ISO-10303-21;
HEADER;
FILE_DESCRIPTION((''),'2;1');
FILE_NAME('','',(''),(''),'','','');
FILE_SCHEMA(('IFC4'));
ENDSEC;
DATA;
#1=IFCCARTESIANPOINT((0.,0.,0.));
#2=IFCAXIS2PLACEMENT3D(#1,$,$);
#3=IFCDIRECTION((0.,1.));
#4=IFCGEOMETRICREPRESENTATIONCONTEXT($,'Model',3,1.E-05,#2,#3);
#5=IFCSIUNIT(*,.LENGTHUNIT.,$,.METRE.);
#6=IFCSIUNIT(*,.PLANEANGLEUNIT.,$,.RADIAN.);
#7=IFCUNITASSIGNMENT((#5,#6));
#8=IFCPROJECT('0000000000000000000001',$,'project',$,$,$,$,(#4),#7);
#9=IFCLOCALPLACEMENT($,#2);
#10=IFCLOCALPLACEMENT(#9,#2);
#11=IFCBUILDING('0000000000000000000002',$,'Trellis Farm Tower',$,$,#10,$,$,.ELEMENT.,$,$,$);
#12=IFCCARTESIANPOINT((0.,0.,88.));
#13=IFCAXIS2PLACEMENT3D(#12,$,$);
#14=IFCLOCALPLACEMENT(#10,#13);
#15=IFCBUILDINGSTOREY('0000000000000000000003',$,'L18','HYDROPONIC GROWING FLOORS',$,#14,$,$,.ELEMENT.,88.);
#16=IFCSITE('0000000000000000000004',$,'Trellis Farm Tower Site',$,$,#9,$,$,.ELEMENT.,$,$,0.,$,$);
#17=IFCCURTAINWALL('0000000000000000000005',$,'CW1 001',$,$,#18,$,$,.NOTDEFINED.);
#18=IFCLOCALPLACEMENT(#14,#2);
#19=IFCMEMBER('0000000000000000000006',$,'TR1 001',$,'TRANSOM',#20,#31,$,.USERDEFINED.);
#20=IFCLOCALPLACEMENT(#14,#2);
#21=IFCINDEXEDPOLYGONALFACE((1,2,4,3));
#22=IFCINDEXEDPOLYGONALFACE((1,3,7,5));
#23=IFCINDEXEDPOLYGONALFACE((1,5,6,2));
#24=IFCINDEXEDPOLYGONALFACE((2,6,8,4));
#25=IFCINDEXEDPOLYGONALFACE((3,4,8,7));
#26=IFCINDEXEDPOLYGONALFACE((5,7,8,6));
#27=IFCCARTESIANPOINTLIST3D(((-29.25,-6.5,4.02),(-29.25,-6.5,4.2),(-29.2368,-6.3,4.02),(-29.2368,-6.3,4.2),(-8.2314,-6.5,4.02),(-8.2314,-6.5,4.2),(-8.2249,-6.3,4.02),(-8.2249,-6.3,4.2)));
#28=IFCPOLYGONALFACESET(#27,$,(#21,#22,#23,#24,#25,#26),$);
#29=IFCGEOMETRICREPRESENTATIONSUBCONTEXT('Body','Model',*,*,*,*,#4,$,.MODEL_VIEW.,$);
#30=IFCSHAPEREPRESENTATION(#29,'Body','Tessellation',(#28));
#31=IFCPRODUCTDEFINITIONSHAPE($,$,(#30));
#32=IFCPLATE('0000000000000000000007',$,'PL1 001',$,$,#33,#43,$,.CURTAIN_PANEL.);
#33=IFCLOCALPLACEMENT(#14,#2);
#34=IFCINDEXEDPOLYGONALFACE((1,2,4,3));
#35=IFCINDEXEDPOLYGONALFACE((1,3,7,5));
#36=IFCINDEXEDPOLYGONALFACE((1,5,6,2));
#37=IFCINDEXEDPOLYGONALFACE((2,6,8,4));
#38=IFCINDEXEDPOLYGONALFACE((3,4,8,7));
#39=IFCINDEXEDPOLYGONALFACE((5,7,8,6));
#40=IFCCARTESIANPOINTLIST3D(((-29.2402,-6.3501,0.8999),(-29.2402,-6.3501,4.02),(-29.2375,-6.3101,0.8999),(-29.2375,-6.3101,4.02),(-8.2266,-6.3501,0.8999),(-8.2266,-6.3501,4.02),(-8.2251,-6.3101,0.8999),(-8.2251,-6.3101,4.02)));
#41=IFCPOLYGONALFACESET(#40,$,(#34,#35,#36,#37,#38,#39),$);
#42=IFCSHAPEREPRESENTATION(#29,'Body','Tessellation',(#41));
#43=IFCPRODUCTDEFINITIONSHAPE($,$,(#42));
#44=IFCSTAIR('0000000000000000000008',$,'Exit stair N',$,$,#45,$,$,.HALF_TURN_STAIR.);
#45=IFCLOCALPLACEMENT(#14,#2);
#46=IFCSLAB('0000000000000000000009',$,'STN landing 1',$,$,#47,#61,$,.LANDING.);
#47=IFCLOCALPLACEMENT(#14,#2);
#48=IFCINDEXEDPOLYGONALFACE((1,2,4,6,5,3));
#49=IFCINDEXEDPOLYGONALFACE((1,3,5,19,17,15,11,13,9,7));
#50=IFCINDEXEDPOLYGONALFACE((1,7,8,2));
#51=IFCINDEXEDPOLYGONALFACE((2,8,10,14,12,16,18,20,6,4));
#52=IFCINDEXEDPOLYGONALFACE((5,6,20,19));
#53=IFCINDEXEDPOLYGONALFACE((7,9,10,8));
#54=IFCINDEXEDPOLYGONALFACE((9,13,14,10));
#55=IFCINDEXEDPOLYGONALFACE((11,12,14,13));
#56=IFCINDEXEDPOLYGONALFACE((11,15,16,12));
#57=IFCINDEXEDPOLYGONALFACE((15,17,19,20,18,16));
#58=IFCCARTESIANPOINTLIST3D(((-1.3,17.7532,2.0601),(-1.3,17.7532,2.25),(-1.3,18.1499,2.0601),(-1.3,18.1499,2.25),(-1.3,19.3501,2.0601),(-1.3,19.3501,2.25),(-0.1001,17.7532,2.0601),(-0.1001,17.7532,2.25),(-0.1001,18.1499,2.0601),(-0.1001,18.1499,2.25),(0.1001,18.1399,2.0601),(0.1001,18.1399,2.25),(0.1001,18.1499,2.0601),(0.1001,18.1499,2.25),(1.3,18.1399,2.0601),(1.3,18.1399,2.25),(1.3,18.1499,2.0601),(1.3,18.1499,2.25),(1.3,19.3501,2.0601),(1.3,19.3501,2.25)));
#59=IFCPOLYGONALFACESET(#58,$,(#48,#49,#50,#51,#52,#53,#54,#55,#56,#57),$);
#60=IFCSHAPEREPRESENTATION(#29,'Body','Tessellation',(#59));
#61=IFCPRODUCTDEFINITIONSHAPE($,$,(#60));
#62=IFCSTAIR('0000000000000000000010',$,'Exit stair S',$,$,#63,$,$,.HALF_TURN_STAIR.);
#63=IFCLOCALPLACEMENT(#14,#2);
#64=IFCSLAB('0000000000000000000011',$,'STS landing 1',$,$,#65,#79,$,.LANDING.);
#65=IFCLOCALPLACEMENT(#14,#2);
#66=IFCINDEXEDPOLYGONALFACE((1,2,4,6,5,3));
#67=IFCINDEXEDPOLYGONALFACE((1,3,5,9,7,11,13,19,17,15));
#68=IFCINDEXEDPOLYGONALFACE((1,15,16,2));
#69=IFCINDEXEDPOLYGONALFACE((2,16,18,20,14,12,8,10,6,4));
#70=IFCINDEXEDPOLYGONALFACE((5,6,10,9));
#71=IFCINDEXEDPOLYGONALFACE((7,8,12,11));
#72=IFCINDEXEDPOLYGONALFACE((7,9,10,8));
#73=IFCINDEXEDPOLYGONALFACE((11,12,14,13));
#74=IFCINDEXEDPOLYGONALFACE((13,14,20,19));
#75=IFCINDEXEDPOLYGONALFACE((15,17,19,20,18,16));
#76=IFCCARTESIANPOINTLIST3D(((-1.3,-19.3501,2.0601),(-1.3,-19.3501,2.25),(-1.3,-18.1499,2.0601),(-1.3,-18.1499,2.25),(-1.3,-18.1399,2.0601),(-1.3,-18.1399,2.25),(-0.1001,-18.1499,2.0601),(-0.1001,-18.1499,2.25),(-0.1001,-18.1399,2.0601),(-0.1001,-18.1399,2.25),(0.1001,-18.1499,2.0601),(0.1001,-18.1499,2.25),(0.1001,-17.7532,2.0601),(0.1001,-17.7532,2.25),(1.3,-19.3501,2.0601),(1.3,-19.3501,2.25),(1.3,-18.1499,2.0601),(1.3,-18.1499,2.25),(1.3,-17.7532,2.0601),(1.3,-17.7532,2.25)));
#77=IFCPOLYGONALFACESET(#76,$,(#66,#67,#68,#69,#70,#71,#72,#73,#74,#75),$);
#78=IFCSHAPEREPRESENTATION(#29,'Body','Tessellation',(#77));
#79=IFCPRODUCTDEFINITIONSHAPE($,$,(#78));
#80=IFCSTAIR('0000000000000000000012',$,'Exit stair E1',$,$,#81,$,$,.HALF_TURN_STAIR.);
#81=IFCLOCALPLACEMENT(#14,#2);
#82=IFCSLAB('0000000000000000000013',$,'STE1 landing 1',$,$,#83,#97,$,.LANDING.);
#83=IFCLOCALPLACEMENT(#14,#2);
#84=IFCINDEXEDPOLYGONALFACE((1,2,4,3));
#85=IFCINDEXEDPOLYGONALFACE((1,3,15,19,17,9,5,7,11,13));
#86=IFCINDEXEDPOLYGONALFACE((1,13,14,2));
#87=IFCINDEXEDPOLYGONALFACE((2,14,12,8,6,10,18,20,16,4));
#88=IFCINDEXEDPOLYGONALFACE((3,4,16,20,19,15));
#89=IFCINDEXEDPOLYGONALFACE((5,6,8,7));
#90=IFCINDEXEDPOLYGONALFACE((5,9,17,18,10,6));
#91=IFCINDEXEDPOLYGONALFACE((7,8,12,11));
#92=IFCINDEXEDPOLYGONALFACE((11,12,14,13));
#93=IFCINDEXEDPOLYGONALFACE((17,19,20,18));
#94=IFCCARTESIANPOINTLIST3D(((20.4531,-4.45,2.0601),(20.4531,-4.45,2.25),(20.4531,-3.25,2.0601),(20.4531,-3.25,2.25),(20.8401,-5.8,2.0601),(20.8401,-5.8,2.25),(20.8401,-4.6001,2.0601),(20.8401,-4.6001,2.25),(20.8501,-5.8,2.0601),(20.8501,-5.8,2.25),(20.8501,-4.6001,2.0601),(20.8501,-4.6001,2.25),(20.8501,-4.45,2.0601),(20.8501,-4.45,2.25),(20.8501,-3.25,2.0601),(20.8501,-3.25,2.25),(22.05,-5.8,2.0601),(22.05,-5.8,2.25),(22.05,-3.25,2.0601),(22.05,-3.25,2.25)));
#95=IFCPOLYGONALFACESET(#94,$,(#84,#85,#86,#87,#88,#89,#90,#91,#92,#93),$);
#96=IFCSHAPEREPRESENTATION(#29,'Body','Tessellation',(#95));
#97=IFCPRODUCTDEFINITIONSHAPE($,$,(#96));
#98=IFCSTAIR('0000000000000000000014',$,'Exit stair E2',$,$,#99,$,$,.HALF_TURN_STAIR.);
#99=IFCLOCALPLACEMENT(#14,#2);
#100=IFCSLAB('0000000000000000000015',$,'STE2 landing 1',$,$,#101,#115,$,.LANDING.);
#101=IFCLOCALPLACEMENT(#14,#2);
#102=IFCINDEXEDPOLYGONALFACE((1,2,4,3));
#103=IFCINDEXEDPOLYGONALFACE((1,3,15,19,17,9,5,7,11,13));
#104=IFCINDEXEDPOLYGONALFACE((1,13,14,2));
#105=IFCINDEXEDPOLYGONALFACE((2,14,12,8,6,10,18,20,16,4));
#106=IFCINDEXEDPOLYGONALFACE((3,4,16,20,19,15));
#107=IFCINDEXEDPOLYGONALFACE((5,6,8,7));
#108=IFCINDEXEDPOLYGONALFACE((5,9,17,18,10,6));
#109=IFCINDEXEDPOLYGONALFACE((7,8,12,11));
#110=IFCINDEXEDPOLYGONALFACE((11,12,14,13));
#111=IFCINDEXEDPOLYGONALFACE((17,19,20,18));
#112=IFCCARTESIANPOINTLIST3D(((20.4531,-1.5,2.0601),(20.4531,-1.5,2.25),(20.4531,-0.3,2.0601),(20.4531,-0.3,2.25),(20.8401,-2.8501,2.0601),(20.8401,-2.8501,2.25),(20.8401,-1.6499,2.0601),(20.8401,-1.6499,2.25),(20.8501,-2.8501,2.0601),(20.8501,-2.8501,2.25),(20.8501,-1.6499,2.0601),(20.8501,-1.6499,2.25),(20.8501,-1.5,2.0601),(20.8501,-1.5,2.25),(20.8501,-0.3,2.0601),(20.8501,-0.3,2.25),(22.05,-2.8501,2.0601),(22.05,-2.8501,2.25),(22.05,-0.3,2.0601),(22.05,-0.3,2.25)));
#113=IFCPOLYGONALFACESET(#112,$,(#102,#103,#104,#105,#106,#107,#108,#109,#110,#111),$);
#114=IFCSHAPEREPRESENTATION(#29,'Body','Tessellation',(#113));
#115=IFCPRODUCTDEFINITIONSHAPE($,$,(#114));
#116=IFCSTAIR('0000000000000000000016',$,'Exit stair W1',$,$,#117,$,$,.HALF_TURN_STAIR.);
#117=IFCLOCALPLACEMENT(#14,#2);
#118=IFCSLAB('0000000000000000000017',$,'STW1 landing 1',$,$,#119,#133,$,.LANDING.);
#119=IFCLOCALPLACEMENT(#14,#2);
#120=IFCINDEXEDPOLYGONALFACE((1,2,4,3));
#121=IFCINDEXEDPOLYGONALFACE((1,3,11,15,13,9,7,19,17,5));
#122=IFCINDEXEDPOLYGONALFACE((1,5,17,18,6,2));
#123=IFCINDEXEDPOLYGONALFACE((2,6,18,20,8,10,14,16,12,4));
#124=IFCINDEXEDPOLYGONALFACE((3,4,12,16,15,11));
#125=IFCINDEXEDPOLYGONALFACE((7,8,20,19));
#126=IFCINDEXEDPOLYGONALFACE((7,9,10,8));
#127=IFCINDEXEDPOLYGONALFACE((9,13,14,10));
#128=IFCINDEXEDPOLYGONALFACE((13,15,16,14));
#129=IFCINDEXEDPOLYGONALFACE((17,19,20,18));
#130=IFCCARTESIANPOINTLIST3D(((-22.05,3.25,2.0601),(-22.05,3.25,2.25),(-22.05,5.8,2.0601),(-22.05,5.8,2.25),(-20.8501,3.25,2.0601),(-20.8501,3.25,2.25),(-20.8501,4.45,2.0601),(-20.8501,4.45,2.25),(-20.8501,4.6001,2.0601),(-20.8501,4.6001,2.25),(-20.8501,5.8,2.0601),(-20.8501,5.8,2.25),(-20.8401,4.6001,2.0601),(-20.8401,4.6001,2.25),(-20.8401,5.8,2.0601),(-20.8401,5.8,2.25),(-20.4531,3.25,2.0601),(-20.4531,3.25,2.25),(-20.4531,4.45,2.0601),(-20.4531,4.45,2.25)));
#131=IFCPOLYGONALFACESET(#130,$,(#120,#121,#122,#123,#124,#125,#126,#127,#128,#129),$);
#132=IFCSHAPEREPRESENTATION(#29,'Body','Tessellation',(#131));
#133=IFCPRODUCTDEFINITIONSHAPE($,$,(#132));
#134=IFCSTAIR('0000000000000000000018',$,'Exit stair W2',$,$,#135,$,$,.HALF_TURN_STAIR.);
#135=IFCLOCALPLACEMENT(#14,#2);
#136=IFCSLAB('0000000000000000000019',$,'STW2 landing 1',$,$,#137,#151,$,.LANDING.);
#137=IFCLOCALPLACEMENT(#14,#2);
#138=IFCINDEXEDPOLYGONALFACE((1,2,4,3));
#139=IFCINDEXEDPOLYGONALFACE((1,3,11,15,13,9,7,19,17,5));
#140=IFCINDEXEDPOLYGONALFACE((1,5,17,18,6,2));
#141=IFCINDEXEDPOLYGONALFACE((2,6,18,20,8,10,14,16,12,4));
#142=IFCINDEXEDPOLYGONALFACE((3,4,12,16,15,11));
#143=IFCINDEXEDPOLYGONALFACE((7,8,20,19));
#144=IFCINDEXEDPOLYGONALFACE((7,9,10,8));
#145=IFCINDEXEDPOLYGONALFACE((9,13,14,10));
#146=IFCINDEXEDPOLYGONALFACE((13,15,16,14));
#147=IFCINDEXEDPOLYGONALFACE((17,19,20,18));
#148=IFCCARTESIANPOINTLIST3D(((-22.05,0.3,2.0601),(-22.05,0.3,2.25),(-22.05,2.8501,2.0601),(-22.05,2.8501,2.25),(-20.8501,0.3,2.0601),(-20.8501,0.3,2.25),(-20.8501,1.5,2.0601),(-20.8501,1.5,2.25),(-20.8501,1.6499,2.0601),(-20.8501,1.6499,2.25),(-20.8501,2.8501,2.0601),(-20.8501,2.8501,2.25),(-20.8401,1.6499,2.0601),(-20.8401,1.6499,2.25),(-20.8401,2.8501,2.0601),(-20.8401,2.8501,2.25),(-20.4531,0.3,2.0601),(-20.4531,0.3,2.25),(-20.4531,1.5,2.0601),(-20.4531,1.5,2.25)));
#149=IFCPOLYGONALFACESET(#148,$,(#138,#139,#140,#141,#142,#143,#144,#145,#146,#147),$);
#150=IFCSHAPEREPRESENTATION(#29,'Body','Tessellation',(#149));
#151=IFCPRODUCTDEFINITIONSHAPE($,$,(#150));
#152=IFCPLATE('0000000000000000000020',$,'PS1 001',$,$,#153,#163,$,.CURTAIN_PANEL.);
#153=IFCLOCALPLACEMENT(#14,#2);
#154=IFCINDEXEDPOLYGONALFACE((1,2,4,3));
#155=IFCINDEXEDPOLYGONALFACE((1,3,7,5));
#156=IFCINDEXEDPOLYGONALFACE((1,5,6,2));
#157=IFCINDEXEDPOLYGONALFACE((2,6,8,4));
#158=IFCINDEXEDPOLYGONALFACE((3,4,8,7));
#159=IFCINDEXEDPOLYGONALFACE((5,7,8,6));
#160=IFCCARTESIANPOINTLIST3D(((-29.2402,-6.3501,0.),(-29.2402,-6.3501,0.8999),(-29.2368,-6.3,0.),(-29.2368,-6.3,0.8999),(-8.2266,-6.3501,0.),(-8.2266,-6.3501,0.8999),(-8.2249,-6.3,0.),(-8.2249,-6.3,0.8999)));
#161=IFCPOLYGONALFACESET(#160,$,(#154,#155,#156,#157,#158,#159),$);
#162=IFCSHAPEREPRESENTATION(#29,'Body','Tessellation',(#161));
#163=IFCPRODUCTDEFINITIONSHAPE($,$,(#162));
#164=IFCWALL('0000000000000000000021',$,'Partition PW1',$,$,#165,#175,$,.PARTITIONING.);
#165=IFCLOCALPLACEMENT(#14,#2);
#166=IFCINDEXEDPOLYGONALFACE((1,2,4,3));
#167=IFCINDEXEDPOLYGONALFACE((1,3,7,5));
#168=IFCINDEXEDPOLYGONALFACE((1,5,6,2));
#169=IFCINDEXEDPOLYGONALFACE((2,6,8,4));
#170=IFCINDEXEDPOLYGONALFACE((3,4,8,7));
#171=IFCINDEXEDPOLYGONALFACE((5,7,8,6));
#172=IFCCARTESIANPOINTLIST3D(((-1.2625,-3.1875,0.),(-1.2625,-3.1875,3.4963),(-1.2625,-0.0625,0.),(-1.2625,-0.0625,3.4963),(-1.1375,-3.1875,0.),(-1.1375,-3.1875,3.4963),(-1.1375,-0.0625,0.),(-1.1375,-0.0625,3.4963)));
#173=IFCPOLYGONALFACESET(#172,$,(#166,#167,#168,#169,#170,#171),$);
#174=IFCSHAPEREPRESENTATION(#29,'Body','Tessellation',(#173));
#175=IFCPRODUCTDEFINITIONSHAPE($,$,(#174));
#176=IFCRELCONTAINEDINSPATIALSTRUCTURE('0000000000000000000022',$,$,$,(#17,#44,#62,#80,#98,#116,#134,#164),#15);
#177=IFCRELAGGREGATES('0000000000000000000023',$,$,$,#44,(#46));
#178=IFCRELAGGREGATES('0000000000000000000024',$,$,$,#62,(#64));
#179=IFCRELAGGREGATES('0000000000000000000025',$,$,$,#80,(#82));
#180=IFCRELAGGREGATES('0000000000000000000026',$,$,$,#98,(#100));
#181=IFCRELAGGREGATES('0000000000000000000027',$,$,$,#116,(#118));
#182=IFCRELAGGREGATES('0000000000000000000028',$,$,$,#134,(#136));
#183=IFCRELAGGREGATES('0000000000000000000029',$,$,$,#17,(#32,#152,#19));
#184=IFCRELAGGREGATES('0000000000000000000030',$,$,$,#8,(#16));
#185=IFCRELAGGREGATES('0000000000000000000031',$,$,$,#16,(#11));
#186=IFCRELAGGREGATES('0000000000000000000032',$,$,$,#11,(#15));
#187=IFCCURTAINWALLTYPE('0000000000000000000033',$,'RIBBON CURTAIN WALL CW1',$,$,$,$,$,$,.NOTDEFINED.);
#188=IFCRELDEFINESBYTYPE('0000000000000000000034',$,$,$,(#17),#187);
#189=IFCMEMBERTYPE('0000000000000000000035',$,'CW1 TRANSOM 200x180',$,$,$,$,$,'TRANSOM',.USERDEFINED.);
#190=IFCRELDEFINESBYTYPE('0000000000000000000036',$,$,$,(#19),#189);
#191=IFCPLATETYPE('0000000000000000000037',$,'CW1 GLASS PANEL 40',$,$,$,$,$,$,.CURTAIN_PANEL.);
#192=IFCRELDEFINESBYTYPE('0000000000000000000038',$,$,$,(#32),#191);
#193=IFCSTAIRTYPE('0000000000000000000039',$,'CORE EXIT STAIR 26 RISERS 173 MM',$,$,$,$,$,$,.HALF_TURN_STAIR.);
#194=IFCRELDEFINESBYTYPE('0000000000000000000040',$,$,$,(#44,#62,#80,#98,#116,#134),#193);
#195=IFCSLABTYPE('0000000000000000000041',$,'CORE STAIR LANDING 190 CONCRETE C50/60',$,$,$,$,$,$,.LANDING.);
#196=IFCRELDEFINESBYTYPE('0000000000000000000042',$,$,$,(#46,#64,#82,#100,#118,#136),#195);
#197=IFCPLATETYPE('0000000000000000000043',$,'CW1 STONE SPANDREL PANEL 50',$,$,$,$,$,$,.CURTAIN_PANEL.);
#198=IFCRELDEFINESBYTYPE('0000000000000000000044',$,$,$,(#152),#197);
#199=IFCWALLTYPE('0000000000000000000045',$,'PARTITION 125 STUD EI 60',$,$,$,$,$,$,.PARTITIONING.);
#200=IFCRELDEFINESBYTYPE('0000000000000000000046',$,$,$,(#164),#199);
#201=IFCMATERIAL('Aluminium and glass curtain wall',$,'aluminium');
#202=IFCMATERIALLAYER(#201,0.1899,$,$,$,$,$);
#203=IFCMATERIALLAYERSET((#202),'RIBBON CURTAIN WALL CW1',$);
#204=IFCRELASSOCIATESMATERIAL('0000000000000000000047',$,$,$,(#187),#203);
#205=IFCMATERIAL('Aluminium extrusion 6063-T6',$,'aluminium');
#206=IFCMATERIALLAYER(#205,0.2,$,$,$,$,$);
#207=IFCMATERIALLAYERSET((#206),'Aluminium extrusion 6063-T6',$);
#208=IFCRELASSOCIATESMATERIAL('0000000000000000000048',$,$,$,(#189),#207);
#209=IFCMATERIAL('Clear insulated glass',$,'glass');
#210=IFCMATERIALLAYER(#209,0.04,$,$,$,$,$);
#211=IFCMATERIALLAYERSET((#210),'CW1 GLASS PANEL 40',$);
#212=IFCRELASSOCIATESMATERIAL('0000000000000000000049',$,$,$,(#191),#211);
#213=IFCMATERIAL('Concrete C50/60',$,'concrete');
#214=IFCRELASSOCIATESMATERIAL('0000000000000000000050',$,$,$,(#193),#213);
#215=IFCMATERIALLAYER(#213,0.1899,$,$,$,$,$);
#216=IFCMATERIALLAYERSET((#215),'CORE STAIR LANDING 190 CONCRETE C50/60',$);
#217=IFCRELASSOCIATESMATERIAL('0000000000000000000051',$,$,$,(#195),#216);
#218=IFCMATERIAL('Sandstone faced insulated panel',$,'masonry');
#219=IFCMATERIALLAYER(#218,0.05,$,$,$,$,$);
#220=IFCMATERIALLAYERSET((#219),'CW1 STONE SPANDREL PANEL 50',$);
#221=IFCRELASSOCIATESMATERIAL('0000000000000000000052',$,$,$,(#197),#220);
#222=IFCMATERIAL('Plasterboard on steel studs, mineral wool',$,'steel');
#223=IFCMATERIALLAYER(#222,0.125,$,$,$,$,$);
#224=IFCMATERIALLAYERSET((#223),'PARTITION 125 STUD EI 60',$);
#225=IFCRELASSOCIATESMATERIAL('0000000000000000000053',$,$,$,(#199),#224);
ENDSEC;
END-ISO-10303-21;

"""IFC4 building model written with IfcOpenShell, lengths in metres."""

from ifc_helpers import new_model, si_unit, direction, frame, frame_2d, origin, place, context, subcontext, project, spatial, polyline, rectangle, outline, extrude, source, transform, mapped, material, layer, layer_set, type_object, element, aggregate, save


model = new_model("IFC4")

# Units and contexts
model_context = context("Model", 3, precision=1e-05, world=origin(), true_north=direction((0.0, 1.0)))
body_context = subcontext(model_context, "Body", "Model", "MODEL_VIEW")
ifc_project = project(units=[si_unit("LENGTHUNIT", "METRE"), si_unit("PLANEANGLEUNIT", "RADIAN")], contexts=[model_context])

# Site, building, storey
site_placement = place(None, origin())
site = spatial("IfcSite", under=ifc_project, at=site_placement, Name="Trellis Farm Tower Site", CompositionType="ELEMENT", RefElevation=0.0)
building_placement = place(site_placement, origin())
building = spatial("IfcBuilding", under=site, at=building_placement, Name="Trellis Farm Tower", CompositionType="ELEMENT")
storey_placement = place(building_placement, frame((0.0, 0.0, 88.0)))
storey = spatial("IfcBuildingStorey", under=building, at=storey_placement, Name="L18", Description="HYDROPONIC GROWING FLOORS", CompositionType="ELEMENT", Elevation=88.0)

# Curtain wall, member
ifc_material_1 = material(Name="Aluminium and glass curtain wall", Category="aluminium")
ifc_layer_1 = layer(ifc_material_1, 0.1899)
ifc_layer_set_1 = layer_set([ifc_layer_1], Name="RIBBON CURTAIN WALL CW1")
curtain_wall_type = type_object("IfcCurtainWallType", Name="RIBBON CURTAIN WALL CW1", PredefinedType="NOTDEFINED", material=ifc_layer_set_1)
placement_1 = place(storey_placement, origin())
curtain_wall = element("IfcCurtainWall", 1, at=placement_1, inside=storey, type_object=curtain_wall_type, Name="CW1 001", PredefinedType="NOTDEFINED")
ifc_material_2 = material(Name="Aluminium extrusion 6063-T6", Category="aluminium")
ifc_layer_2 = layer(ifc_material_2, 0.2)
ifc_layer_set_2 = layer_set([ifc_layer_2], Name="Aluminium extrusion 6063-T6")
member_type = type_object("IfcMemberType", Name="CW1 TRANSOM 200x180", ElementType="TRANSOM", PredefinedType="USERDEFINED", material=ifc_layer_set_2)
shared_shape_1 = source(origin(), body_context, "Body", "SweptSolid", [
    extrude(outline(polyline([(-29.25, -6.5), (-8.2314, -6.5), (-8.2249, -6.3), (-29.2368, -6.3), (-29.25, -6.5)])), origin(), (0.0, 0.0, 1.0), 0.1799),
])
member_placement = place(storey_placement, frame((0.0, 0.0, 4.02)))
member = element("IfcMember", 2, at=member_placement, type_object=member_type, Name="TR1 001", ObjectType="TRANSOM", PredefinedType="USERDEFINED", context=body_context, shape_type="MappedRepresentation", body=[
    mapped(shared_shape_1, transform((0.0, 0.0, 0.0))),
])

# Plate
ifc_material_3 = material(Name="Clear insulated glass", Category="glass")
ifc_layer_3 = layer(ifc_material_3, 0.04)
ifc_layer_set_3 = layer_set([ifc_layer_3], Name="CW1 GLASS PANEL 40")
plate_type_1 = type_object("IfcPlateType", Name="CW1 GLASS PANEL 40", PredefinedType="CURTAIN_PANEL", material=ifc_layer_set_3)
plate_1_placement = place(storey_placement, frame((0.0, 0.0, 0.8999)))
plate_1 = element("IfcPlate", 3, at=plate_1_placement, type_object=plate_type_1, Name="PL1 001", PredefinedType="CURTAIN_PANEL", context=body_context, shape_type="SweptSolid", body=[
    extrude(outline(polyline([(-29.2402, -6.3501), (-8.2266, -6.3501), (-8.2251, -6.3101), (-29.2375, -6.3101), (-29.2402, -6.3501)])), origin(), (0.0, 0.0, 1.0), 3.1201),
])

# Stairs, slabs
ifc_material_4 = material(Name="Concrete C50/60", Category="concrete")
stair_type = type_object("IfcStairType", Name="CORE EXIT STAIR 26 RISERS 173 MM", PredefinedType="HALF_TURN_STAIR", material=ifc_material_4)
stair_1 = element("IfcStair", 4, at=placement_1, inside=storey, type_object=stair_type, Name="Exit stair N", PredefinedType="HALF_TURN_STAIR")
ifc_layer_4 = layer(ifc_material_4, 0.1899)
ifc_layer_set_4 = layer_set([ifc_layer_4], Name="CORE STAIR LANDING 190 CONCRETE C50/60")
slab_type_1 = type_object("IfcSlabType", Name="CORE STAIR LANDING 190 CONCRETE C50/60", PredefinedType="LANDING", material=ifc_layer_set_4)
shared_shape_2 = source(origin(), body_context, "Body", "SweptSolid", [
    extrude(outline(polyline([(-0.1001, 17.7532), (-1.3, 17.7532), (-1.3, 18.1499), (-1.3, 19.3501), (1.3, 19.3501), (1.3, 18.1499), (1.3, 18.1399), (0.1001, 18.1399), (0.1001, 18.1499), (-0.1001, 18.1499), (-0.1001, 17.7532)])), origin(), (0.0, 0.0, 1.0), 0.1899),
])
placement_2 = place(storey_placement, frame((0.0, 0.0, 2.0601)))
slab_1 = element("IfcSlab", 5, at=placement_2, type_object=slab_type_1, Name="STN landing 1", PredefinedType="LANDING", context=body_context, shape_type="MappedRepresentation", body=[
    mapped(shared_shape_2, transform((0.0, 0.0, 0.0))),
])
aggregate(stair_1, [slab_1])
stair_2 = element("IfcStair", 6, at=placement_1, inside=storey, type_object=stair_type, Name="Exit stair S", PredefinedType="HALF_TURN_STAIR")
shared_shape_3 = source(origin(), body_context, "Body", "SweptSolid", [
    extrude(outline(polyline([(1.3, -19.3501), (-1.3, -19.3501), (-1.3, -18.1499), (-1.3, -18.1399), (-0.1001, -18.1399), (-0.1001, -18.1499), (0.1001, -18.1499), (0.1001, -17.7532), (1.3, -17.7532), (1.3, -18.1499), (1.3, -19.3501)])), origin(), (0.0, 0.0, 1.0), 0.1899),
])
slab_2 = element("IfcSlab", 7, at=placement_2, type_object=slab_type_1, Name="STS landing 1", PredefinedType="LANDING", context=body_context, shape_type="MappedRepresentation", body=[
    mapped(shared_shape_3, transform((0.0, 0.0, 0.0))),
])
aggregate(stair_2, [slab_2])
stair_3 = element("IfcStair", 8, at=placement_1, inside=storey, type_object=stair_type, Name="Exit stair E1", PredefinedType="HALF_TURN_STAIR")
shared_shape_4 = source(origin(), body_context, "Body", "SweptSolid", [
    extrude(outline(polyline([(20.8401, -5.8), (20.8401, -4.6001), (20.8501, -4.6001), (20.8501, -4.45), (20.4531, -4.45), (20.4531, -3.25), (20.8501, -3.25), (22.05, -3.25), (22.05, -5.8), (20.8501, -5.8), (20.8401, -5.8)])), origin(), (0.0, 0.0, 1.0), 0.1899),
])
slab_3 = element("IfcSlab", 9, at=placement_2, type_object=slab_type_1, Name="STE1 landing 1", PredefinedType="LANDING", context=body_context, shape_type="MappedRepresentation", body=[
    mapped(shared_shape_4, transform((0.0, 0.0, 0.0))),
])
aggregate(stair_3, [slab_3])
stair_4 = element("IfcStair", 10, at=placement_1, inside=storey, type_object=stair_type, Name="Exit stair E2", PredefinedType="HALF_TURN_STAIR")
shared_shape_5 = source(origin(), body_context, "Body", "SweptSolid", [
    extrude(outline(polyline([(20.8401, -2.8501), (20.8401, -1.6499), (20.8501, -1.6499), (20.8501, -1.5), (20.4531, -1.5), (20.4531, -0.3), (20.8501, -0.3), (22.05, -0.3), (22.05, -2.8501), (20.8501, -2.8501), (20.8401, -2.8501)])), origin(), (0.0, 0.0, 1.0), 0.1899),
])
slab_4 = element("IfcSlab", 11, at=placement_2, type_object=slab_type_1, Name="STE2 landing 1", PredefinedType="LANDING", context=body_context, shape_type="MappedRepresentation", body=[
    mapped(shared_shape_5, transform((0.0, 0.0, 0.0))),
])
aggregate(stair_4, [slab_4])
stair_5 = element("IfcStair", 12, at=placement_1, inside=storey, type_object=stair_type, Name="Exit stair W1", PredefinedType="HALF_TURN_STAIR")
shared_shape_6 = source(origin(), body_context, "Body", "SweptSolid", [
    extrude(outline(polyline([(-20.4531, 4.45), (-20.4531, 3.25), (-20.8501, 3.25), (-22.05, 3.25), (-22.05, 5.8), (-20.8501, 5.8), (-20.8401, 5.8), (-20.8401, 4.6001), (-20.8501, 4.6001), (-20.8501, 4.45), (-20.4531, 4.45)])), origin(), (0.0, 0.0, 1.0), 0.1899),
])
slab_5 = element("IfcSlab", 13, at=placement_2, type_object=slab_type_1, Name="STW1 landing 1", PredefinedType="LANDING", context=body_context, shape_type="MappedRepresentation", body=[
    mapped(shared_shape_6, transform((0.0, 0.0, 0.0))),
])
aggregate(stair_5, [slab_5])
stair_6 = element("IfcStair", 14, at=placement_1, inside=storey, type_object=stair_type, Name="Exit stair W2", PredefinedType="HALF_TURN_STAIR")
shared_shape_7 = source(origin(), body_context, "Body", "SweptSolid", [
    extrude(outline(polyline([(-20.4531, 1.5), (-20.4531, 0.3), (-20.8501, 0.3), (-22.05, 0.3), (-22.05, 2.8501), (-20.8501, 2.8501), (-20.8401, 2.8501), (-20.8401, 1.6499), (-20.8501, 1.6499), (-20.8501, 1.5), (-20.4531, 1.5)])), origin(), (0.0, 0.0, 1.0), 0.1899),
])
slab_6 = element("IfcSlab", 15, at=placement_2, type_object=slab_type_1, Name="STW2 landing 1", PredefinedType="LANDING", context=body_context, shape_type="MappedRepresentation", body=[
    mapped(shared_shape_7, transform((0.0, 0.0, 0.0))),
])
aggregate(stair_6, [slab_6])

# Plate
ifc_material_5 = material(Name="Sandstone faced insulated panel", Category="masonry")
ifc_layer_5 = layer(ifc_material_5, 0.05)
ifc_layer_set_5 = layer_set([ifc_layer_5], Name="CW1 STONE SPANDREL PANEL 50")
plate_type_2 = type_object("IfcPlateType", Name="CW1 STONE SPANDREL PANEL 50", PredefinedType="CURTAIN_PANEL", material=ifc_layer_set_5)
shared_shape_8 = source(origin(), body_context, "Body", "SweptSolid", [
    extrude(outline(polyline([(-29.2402, -6.3501), (-8.2266, -6.3501), (-8.2249, -6.3), (-29.2368, -6.3), (-29.2402, -6.3501)])), origin(), (0.0, 0.0, 1.0), 0.8999),
])
plate_2 = element("IfcPlate", 16, at=placement_1, type_object=plate_type_2, Name="PS1 001", PredefinedType="CURTAIN_PANEL", context=body_context, shape_type="MappedRepresentation", body=[
    mapped(shared_shape_8, transform((0.0, 0.0, 0.0))),
])
aggregate(curtain_wall, [plate_1, plate_2, member])

# Wall
ifc_material_6 = material(Name="Plasterboard on steel studs, mineral wool", Category="steel")
ifc_layer_6 = layer(ifc_material_6, 0.125)
ifc_layer_set_6 = layer_set([ifc_layer_6], Name="PARTITION 125 STUD EI 60")
wall_type = type_object("IfcWallType", Name="PARTITION 125 STUD EI 60", PredefinedType="PARTITIONING", material=ifc_layer_set_6)
shared_shape_9 = source(origin(), body_context, "Body", "SweptSolid", [
    extrude(rectangle(XDim=3.125, YDim=0.125, at=frame_2d((1.5625, 0.0))), origin(), (0.0, 0.0, 1.0), 3.4963),
])
wall_1_placement = place(storey_placement, frame((-1.2, -0.0625, 0.0), z_axis=(0.0, 0.0, 1.0), x_axis=(0.0, -1.0, 0.0)))
element("IfcWall", 17, at=wall_1_placement, inside=storey, type_object=wall_type, Name="Partition PW1", PredefinedType="PARTITIONING", context=body_context, shape_type="MappedRepresentation", body=[
    mapped(shared_shape_9, transform((0.0, 0.0, 0.0))),
])

save(model, "model.ifc")
